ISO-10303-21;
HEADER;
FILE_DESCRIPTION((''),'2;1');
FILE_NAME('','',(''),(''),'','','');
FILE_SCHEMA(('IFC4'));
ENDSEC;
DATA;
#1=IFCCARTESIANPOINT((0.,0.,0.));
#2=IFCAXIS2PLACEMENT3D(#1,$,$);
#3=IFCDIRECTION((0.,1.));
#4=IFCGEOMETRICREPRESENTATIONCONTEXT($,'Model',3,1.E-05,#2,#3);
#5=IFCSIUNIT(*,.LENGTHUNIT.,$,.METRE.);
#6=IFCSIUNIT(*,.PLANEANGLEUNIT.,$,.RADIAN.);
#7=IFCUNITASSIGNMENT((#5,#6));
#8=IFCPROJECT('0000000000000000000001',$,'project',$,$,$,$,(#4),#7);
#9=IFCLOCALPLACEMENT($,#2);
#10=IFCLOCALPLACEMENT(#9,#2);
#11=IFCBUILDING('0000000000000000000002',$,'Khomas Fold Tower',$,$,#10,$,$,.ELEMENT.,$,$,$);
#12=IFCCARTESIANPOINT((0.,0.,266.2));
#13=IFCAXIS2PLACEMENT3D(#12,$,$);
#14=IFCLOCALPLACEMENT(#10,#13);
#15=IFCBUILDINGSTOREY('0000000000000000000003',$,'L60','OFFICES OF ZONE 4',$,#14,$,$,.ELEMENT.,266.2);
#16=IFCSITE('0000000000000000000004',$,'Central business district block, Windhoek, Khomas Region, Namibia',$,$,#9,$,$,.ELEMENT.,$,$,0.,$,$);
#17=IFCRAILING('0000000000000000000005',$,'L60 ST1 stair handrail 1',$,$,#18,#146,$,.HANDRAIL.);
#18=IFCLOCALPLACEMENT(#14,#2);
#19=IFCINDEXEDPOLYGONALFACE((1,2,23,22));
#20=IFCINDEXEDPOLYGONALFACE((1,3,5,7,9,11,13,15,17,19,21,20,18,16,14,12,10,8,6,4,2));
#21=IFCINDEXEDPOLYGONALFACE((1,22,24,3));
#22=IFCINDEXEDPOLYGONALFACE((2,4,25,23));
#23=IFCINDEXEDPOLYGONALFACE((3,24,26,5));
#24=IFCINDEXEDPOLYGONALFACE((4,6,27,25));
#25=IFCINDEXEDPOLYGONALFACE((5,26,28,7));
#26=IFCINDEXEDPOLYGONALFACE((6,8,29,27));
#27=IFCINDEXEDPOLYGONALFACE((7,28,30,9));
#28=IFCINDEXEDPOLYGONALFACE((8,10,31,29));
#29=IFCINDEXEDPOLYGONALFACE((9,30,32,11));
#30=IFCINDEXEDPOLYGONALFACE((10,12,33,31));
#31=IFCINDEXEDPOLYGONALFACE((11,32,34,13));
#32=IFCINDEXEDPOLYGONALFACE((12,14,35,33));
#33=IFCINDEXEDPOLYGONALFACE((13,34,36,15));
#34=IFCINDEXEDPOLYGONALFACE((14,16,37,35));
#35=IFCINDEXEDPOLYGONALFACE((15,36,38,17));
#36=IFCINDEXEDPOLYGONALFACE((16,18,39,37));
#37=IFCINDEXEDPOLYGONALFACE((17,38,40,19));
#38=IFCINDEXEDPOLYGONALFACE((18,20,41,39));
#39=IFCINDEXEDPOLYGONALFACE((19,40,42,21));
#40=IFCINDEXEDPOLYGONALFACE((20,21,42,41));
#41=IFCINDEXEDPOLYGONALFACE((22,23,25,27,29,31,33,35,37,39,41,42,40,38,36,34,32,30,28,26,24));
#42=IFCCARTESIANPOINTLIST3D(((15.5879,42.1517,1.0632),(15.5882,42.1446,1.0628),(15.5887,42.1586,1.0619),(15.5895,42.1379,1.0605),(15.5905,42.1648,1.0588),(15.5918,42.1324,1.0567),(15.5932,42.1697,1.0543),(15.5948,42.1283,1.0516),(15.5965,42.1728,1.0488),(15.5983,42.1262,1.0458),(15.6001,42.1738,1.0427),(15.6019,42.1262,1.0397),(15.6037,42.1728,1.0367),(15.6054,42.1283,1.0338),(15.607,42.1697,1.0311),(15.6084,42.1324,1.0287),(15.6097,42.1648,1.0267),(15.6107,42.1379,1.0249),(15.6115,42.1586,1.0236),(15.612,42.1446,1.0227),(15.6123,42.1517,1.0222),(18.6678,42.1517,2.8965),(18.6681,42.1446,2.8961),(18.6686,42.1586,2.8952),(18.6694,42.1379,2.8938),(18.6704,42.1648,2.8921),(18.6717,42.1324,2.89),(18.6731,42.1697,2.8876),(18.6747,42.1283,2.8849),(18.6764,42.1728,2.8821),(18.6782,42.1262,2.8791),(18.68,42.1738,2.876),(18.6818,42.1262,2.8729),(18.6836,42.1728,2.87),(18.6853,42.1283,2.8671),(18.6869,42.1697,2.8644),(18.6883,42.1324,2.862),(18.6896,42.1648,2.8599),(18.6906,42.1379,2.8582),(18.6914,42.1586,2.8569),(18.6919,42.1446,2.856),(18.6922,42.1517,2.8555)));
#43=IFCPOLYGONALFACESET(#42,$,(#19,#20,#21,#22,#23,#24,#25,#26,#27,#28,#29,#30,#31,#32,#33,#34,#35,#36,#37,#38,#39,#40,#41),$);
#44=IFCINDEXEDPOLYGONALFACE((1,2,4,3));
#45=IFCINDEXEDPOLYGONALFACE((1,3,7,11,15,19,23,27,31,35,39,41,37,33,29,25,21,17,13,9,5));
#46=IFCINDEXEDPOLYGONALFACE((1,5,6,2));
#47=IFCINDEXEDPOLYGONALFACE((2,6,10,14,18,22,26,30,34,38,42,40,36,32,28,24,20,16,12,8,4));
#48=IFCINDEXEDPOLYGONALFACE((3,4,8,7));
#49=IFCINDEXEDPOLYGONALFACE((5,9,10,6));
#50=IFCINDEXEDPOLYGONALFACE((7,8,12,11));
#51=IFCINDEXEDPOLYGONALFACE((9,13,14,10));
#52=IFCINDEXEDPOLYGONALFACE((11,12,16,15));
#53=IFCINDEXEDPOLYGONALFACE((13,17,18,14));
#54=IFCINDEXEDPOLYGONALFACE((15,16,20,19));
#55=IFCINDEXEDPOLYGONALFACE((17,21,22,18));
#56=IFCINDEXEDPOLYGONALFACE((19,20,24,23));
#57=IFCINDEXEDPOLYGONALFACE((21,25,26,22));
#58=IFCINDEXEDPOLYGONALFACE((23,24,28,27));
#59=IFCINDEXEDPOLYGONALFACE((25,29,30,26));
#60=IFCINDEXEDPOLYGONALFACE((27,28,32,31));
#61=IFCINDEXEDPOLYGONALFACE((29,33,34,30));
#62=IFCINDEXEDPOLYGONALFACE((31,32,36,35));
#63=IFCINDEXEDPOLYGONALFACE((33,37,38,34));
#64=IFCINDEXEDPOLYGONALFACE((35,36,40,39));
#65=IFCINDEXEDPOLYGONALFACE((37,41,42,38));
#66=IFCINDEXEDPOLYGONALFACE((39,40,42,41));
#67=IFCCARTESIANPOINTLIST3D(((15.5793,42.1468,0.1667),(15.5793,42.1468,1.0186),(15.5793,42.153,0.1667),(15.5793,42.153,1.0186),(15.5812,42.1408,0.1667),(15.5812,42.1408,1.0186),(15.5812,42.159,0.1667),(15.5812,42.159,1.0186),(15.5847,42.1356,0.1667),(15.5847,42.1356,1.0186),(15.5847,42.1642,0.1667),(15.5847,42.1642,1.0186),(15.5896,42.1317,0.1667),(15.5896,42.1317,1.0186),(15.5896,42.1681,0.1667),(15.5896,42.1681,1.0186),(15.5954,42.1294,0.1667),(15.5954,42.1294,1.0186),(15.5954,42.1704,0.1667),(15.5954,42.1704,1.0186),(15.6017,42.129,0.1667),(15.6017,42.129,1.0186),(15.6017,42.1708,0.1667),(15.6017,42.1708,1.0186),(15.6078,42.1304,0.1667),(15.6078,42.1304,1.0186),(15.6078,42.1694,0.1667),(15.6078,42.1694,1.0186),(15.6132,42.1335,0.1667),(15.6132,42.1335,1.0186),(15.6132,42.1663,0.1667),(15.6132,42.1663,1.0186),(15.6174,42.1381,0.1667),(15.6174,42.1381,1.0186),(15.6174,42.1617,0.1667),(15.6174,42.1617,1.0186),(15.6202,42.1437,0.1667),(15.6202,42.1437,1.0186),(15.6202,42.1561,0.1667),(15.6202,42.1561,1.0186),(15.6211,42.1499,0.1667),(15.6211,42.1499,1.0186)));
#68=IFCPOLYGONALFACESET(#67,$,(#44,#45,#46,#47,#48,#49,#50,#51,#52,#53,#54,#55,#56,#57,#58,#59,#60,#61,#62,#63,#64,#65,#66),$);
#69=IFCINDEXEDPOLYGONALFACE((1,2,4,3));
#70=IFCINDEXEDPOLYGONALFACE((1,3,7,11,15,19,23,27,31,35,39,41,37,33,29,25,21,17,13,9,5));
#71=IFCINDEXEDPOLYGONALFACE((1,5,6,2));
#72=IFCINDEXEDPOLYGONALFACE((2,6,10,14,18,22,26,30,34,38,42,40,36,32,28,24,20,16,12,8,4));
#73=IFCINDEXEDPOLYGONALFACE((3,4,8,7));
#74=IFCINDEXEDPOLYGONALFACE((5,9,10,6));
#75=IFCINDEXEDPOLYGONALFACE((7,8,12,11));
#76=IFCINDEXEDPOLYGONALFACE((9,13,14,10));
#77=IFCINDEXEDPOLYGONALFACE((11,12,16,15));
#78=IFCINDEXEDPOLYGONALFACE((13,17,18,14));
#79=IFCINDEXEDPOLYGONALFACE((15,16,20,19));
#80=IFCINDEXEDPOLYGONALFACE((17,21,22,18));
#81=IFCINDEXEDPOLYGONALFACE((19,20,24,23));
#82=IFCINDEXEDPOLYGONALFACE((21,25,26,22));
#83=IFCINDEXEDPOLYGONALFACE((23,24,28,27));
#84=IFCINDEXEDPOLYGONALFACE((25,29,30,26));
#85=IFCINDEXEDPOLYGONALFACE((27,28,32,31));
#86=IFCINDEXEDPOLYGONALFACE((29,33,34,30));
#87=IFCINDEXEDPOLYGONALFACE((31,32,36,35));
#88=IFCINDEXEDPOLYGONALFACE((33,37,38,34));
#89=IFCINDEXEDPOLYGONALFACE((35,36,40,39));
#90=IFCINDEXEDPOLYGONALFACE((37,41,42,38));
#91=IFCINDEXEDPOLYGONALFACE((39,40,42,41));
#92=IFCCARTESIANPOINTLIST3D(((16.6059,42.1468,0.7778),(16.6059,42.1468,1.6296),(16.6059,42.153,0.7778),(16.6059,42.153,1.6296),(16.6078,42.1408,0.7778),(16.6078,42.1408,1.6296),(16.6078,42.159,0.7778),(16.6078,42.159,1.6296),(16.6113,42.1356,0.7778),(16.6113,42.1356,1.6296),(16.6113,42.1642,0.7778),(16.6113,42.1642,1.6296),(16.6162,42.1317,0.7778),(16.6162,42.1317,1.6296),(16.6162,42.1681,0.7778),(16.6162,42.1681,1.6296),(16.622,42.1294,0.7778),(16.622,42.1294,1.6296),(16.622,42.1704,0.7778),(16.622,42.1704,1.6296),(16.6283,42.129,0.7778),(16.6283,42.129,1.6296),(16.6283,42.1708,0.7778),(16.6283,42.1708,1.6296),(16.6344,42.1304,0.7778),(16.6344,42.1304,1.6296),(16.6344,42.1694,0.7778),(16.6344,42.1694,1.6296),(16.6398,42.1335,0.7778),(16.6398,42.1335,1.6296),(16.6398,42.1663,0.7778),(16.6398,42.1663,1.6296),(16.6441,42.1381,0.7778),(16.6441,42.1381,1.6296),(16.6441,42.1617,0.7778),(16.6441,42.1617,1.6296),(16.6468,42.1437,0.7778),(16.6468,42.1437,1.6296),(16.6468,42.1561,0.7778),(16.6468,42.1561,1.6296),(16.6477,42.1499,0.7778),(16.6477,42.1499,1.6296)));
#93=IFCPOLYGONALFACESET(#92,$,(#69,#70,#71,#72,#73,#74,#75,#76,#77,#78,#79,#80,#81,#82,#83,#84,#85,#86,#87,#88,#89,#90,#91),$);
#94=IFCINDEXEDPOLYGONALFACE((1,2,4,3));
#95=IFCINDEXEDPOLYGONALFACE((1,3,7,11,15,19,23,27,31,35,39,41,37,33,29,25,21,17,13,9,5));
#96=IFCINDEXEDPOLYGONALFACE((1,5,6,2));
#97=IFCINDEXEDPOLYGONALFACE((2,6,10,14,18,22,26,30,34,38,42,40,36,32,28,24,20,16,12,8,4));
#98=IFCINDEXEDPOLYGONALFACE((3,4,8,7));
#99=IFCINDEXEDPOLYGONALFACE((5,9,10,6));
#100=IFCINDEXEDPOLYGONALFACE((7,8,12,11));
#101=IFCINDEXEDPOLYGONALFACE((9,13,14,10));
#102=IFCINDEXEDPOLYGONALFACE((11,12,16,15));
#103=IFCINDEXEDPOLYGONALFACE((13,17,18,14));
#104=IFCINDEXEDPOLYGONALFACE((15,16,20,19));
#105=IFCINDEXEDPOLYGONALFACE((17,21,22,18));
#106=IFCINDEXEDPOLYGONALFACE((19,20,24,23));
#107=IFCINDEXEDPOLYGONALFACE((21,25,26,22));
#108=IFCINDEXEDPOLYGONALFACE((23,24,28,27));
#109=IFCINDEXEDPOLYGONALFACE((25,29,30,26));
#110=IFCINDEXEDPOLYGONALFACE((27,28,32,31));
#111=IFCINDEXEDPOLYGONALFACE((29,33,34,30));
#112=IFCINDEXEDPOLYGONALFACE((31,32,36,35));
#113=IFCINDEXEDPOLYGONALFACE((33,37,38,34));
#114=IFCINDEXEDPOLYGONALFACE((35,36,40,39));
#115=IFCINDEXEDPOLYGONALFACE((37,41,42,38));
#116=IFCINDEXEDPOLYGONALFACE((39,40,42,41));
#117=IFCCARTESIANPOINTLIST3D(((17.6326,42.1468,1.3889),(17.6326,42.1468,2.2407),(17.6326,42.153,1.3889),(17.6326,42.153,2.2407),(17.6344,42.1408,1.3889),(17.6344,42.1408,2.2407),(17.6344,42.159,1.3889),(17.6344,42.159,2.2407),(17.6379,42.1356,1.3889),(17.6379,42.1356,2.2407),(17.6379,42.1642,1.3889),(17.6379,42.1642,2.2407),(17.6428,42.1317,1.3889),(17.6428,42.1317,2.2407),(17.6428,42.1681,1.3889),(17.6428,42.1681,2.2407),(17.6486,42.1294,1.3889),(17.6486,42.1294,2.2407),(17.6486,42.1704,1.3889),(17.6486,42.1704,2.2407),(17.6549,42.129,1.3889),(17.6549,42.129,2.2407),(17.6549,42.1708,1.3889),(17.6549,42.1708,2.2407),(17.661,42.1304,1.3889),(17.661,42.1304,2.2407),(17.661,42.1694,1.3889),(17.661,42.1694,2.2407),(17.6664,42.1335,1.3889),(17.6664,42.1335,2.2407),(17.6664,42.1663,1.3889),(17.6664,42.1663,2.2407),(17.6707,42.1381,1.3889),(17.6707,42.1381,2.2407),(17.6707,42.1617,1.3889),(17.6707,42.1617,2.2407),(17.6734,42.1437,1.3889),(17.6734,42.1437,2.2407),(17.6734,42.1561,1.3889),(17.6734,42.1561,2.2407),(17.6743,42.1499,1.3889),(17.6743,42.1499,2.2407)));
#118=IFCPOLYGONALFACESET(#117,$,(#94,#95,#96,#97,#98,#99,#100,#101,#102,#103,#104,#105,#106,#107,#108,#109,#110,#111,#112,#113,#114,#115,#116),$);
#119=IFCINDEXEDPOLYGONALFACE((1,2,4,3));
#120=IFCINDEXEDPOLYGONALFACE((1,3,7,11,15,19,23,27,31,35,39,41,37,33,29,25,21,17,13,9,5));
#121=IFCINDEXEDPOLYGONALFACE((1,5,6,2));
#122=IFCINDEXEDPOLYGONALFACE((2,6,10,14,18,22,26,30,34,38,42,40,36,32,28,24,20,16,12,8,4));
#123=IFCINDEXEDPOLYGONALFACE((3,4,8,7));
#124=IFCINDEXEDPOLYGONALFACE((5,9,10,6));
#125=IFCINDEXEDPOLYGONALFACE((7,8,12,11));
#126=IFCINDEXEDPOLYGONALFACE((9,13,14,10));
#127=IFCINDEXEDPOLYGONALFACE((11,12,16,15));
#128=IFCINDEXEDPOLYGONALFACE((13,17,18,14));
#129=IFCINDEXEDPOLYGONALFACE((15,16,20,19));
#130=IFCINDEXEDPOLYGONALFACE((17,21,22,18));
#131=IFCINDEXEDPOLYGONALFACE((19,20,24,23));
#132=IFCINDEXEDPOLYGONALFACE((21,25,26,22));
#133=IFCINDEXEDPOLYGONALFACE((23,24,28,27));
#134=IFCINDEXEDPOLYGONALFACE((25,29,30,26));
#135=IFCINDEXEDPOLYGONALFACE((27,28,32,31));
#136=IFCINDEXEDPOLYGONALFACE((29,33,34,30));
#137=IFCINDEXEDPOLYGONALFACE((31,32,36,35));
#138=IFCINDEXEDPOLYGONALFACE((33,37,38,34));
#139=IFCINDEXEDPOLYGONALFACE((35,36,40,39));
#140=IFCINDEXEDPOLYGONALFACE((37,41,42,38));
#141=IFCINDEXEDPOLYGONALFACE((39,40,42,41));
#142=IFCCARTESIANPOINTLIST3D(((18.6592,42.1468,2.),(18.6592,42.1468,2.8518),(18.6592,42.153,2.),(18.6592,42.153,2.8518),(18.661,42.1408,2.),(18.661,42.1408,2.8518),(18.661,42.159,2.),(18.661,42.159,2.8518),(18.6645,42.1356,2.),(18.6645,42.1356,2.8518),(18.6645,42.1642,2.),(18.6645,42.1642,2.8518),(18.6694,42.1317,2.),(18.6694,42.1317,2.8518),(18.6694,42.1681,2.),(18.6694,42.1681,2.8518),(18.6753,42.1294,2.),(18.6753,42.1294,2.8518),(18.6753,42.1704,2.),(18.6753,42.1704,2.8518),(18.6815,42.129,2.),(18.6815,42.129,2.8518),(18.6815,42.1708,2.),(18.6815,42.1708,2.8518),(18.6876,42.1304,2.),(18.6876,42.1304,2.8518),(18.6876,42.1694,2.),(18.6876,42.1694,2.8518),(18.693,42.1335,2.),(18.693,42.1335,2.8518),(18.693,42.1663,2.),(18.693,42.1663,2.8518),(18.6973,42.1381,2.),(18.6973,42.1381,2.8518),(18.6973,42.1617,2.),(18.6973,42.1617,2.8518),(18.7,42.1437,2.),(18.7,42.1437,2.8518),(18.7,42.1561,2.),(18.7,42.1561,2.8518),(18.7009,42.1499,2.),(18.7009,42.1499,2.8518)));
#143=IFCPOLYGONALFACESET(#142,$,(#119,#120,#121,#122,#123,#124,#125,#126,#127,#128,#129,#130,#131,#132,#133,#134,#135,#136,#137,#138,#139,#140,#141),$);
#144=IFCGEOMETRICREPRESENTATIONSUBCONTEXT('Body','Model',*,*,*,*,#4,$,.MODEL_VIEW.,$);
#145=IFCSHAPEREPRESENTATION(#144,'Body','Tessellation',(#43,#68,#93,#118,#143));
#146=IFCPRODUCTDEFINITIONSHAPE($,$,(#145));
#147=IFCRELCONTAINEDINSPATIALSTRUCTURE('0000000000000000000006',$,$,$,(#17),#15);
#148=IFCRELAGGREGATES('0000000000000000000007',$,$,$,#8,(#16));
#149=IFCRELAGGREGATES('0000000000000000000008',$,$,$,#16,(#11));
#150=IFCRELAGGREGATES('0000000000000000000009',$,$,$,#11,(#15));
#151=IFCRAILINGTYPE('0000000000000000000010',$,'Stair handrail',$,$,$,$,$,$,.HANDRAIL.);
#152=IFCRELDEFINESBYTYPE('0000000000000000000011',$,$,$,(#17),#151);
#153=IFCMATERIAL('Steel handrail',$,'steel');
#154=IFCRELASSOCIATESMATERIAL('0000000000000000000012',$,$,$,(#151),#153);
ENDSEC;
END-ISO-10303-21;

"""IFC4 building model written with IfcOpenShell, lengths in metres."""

from ifc_helpers import new_model, si_unit, direction, frame, origin, origin_2d, place, context, subcontext, project, spatial, circle, extrude, source, transform, mapped, material, type_object, element, save


model = new_model("IFC4")

# Units and contexts
model_context = context("Model", 3, precision=1e-05, world=origin(), true_north=direction((0.0, 1.0)))
body_context = subcontext(model_context, "Body", "Model", "MODEL_VIEW")
ifc_project = project(units=[si_unit("LENGTHUNIT", "METRE"), si_unit("PLANEANGLEUNIT", "RADIAN")], contexts=[model_context])

# Site, building, storey
site_placement = place(None, origin())
site = spatial("IfcSite", under=ifc_project, at=site_placement, Name="Central business district block, Windhoek, Khomas Region, Namibia", CompositionType="ELEMENT", RefElevation=0.0)
building_placement = place(site_placement, origin())
building = spatial("IfcBuilding", under=site, at=building_placement, Name="Khomas Fold Tower", CompositionType="ELEMENT")
storey_placement = place(building_placement, frame((0.0, 0.0, 266.2)))
storey = spatial("IfcBuildingStorey", under=building, at=storey_placement, Name="L60", Description="OFFICES OF ZONE 4", CompositionType="ELEMENT", Elevation=266.2)

# Railing
ifc_material_1 = material(Name="Steel handrail", Category="steel")
railing_type_1 = type_object("IfcRailingType", Name="Stair handrail", PredefinedType="HANDRAIL", material=ifc_material_1)
shared_shape_1 = source(origin(), body_context, "Body", "SweptSolid", [
    extrude(circle(Radius=0.0239, at=origin_2d()), frame((0.0, 0.0, 0.876), z_axis=(0.859291, 0.0, 0.511487), x_axis=(0.0, 1.0, 0.0)), (0.0, 0.0, 1.0), 3.5842),
    extrude(circle(Radius=0.021, at=origin_2d()), origin(), (0.0, 0.0, 1.0), 0.8518),
    extrude(circle(Radius=0.021, at=origin_2d()), frame((1.0266, 0.0, 0.6111)), (0.0, 0.0, 1.0), 0.8518),
    extrude(circle(Radius=0.021, at=origin_2d()), frame((2.0532, 0.0, 1.2222)), (0.0, 0.0, 1.0), 0.8518),
    extrude(circle(Radius=0.021, at=origin_2d()), frame((3.0798, 0.0, 1.8333)), (0.0, 0.0, 1.0), 0.8518),
])
railing_1_placement = place(storey_placement, frame((15.6001, 42.1499, 0.1667)))
element("IfcRailing", 1, at=railing_1_placement, inside=storey, type_object=railing_type_1, Name="L60 ST1 stair handrail 1", PredefinedType="HANDRAIL", context=body_context, shape_type="MappedRepresentation", body=[
    mapped(shared_shape_1, transform((0.0, 0.0, 0.0))),
])

save(model, "model.ifc")
